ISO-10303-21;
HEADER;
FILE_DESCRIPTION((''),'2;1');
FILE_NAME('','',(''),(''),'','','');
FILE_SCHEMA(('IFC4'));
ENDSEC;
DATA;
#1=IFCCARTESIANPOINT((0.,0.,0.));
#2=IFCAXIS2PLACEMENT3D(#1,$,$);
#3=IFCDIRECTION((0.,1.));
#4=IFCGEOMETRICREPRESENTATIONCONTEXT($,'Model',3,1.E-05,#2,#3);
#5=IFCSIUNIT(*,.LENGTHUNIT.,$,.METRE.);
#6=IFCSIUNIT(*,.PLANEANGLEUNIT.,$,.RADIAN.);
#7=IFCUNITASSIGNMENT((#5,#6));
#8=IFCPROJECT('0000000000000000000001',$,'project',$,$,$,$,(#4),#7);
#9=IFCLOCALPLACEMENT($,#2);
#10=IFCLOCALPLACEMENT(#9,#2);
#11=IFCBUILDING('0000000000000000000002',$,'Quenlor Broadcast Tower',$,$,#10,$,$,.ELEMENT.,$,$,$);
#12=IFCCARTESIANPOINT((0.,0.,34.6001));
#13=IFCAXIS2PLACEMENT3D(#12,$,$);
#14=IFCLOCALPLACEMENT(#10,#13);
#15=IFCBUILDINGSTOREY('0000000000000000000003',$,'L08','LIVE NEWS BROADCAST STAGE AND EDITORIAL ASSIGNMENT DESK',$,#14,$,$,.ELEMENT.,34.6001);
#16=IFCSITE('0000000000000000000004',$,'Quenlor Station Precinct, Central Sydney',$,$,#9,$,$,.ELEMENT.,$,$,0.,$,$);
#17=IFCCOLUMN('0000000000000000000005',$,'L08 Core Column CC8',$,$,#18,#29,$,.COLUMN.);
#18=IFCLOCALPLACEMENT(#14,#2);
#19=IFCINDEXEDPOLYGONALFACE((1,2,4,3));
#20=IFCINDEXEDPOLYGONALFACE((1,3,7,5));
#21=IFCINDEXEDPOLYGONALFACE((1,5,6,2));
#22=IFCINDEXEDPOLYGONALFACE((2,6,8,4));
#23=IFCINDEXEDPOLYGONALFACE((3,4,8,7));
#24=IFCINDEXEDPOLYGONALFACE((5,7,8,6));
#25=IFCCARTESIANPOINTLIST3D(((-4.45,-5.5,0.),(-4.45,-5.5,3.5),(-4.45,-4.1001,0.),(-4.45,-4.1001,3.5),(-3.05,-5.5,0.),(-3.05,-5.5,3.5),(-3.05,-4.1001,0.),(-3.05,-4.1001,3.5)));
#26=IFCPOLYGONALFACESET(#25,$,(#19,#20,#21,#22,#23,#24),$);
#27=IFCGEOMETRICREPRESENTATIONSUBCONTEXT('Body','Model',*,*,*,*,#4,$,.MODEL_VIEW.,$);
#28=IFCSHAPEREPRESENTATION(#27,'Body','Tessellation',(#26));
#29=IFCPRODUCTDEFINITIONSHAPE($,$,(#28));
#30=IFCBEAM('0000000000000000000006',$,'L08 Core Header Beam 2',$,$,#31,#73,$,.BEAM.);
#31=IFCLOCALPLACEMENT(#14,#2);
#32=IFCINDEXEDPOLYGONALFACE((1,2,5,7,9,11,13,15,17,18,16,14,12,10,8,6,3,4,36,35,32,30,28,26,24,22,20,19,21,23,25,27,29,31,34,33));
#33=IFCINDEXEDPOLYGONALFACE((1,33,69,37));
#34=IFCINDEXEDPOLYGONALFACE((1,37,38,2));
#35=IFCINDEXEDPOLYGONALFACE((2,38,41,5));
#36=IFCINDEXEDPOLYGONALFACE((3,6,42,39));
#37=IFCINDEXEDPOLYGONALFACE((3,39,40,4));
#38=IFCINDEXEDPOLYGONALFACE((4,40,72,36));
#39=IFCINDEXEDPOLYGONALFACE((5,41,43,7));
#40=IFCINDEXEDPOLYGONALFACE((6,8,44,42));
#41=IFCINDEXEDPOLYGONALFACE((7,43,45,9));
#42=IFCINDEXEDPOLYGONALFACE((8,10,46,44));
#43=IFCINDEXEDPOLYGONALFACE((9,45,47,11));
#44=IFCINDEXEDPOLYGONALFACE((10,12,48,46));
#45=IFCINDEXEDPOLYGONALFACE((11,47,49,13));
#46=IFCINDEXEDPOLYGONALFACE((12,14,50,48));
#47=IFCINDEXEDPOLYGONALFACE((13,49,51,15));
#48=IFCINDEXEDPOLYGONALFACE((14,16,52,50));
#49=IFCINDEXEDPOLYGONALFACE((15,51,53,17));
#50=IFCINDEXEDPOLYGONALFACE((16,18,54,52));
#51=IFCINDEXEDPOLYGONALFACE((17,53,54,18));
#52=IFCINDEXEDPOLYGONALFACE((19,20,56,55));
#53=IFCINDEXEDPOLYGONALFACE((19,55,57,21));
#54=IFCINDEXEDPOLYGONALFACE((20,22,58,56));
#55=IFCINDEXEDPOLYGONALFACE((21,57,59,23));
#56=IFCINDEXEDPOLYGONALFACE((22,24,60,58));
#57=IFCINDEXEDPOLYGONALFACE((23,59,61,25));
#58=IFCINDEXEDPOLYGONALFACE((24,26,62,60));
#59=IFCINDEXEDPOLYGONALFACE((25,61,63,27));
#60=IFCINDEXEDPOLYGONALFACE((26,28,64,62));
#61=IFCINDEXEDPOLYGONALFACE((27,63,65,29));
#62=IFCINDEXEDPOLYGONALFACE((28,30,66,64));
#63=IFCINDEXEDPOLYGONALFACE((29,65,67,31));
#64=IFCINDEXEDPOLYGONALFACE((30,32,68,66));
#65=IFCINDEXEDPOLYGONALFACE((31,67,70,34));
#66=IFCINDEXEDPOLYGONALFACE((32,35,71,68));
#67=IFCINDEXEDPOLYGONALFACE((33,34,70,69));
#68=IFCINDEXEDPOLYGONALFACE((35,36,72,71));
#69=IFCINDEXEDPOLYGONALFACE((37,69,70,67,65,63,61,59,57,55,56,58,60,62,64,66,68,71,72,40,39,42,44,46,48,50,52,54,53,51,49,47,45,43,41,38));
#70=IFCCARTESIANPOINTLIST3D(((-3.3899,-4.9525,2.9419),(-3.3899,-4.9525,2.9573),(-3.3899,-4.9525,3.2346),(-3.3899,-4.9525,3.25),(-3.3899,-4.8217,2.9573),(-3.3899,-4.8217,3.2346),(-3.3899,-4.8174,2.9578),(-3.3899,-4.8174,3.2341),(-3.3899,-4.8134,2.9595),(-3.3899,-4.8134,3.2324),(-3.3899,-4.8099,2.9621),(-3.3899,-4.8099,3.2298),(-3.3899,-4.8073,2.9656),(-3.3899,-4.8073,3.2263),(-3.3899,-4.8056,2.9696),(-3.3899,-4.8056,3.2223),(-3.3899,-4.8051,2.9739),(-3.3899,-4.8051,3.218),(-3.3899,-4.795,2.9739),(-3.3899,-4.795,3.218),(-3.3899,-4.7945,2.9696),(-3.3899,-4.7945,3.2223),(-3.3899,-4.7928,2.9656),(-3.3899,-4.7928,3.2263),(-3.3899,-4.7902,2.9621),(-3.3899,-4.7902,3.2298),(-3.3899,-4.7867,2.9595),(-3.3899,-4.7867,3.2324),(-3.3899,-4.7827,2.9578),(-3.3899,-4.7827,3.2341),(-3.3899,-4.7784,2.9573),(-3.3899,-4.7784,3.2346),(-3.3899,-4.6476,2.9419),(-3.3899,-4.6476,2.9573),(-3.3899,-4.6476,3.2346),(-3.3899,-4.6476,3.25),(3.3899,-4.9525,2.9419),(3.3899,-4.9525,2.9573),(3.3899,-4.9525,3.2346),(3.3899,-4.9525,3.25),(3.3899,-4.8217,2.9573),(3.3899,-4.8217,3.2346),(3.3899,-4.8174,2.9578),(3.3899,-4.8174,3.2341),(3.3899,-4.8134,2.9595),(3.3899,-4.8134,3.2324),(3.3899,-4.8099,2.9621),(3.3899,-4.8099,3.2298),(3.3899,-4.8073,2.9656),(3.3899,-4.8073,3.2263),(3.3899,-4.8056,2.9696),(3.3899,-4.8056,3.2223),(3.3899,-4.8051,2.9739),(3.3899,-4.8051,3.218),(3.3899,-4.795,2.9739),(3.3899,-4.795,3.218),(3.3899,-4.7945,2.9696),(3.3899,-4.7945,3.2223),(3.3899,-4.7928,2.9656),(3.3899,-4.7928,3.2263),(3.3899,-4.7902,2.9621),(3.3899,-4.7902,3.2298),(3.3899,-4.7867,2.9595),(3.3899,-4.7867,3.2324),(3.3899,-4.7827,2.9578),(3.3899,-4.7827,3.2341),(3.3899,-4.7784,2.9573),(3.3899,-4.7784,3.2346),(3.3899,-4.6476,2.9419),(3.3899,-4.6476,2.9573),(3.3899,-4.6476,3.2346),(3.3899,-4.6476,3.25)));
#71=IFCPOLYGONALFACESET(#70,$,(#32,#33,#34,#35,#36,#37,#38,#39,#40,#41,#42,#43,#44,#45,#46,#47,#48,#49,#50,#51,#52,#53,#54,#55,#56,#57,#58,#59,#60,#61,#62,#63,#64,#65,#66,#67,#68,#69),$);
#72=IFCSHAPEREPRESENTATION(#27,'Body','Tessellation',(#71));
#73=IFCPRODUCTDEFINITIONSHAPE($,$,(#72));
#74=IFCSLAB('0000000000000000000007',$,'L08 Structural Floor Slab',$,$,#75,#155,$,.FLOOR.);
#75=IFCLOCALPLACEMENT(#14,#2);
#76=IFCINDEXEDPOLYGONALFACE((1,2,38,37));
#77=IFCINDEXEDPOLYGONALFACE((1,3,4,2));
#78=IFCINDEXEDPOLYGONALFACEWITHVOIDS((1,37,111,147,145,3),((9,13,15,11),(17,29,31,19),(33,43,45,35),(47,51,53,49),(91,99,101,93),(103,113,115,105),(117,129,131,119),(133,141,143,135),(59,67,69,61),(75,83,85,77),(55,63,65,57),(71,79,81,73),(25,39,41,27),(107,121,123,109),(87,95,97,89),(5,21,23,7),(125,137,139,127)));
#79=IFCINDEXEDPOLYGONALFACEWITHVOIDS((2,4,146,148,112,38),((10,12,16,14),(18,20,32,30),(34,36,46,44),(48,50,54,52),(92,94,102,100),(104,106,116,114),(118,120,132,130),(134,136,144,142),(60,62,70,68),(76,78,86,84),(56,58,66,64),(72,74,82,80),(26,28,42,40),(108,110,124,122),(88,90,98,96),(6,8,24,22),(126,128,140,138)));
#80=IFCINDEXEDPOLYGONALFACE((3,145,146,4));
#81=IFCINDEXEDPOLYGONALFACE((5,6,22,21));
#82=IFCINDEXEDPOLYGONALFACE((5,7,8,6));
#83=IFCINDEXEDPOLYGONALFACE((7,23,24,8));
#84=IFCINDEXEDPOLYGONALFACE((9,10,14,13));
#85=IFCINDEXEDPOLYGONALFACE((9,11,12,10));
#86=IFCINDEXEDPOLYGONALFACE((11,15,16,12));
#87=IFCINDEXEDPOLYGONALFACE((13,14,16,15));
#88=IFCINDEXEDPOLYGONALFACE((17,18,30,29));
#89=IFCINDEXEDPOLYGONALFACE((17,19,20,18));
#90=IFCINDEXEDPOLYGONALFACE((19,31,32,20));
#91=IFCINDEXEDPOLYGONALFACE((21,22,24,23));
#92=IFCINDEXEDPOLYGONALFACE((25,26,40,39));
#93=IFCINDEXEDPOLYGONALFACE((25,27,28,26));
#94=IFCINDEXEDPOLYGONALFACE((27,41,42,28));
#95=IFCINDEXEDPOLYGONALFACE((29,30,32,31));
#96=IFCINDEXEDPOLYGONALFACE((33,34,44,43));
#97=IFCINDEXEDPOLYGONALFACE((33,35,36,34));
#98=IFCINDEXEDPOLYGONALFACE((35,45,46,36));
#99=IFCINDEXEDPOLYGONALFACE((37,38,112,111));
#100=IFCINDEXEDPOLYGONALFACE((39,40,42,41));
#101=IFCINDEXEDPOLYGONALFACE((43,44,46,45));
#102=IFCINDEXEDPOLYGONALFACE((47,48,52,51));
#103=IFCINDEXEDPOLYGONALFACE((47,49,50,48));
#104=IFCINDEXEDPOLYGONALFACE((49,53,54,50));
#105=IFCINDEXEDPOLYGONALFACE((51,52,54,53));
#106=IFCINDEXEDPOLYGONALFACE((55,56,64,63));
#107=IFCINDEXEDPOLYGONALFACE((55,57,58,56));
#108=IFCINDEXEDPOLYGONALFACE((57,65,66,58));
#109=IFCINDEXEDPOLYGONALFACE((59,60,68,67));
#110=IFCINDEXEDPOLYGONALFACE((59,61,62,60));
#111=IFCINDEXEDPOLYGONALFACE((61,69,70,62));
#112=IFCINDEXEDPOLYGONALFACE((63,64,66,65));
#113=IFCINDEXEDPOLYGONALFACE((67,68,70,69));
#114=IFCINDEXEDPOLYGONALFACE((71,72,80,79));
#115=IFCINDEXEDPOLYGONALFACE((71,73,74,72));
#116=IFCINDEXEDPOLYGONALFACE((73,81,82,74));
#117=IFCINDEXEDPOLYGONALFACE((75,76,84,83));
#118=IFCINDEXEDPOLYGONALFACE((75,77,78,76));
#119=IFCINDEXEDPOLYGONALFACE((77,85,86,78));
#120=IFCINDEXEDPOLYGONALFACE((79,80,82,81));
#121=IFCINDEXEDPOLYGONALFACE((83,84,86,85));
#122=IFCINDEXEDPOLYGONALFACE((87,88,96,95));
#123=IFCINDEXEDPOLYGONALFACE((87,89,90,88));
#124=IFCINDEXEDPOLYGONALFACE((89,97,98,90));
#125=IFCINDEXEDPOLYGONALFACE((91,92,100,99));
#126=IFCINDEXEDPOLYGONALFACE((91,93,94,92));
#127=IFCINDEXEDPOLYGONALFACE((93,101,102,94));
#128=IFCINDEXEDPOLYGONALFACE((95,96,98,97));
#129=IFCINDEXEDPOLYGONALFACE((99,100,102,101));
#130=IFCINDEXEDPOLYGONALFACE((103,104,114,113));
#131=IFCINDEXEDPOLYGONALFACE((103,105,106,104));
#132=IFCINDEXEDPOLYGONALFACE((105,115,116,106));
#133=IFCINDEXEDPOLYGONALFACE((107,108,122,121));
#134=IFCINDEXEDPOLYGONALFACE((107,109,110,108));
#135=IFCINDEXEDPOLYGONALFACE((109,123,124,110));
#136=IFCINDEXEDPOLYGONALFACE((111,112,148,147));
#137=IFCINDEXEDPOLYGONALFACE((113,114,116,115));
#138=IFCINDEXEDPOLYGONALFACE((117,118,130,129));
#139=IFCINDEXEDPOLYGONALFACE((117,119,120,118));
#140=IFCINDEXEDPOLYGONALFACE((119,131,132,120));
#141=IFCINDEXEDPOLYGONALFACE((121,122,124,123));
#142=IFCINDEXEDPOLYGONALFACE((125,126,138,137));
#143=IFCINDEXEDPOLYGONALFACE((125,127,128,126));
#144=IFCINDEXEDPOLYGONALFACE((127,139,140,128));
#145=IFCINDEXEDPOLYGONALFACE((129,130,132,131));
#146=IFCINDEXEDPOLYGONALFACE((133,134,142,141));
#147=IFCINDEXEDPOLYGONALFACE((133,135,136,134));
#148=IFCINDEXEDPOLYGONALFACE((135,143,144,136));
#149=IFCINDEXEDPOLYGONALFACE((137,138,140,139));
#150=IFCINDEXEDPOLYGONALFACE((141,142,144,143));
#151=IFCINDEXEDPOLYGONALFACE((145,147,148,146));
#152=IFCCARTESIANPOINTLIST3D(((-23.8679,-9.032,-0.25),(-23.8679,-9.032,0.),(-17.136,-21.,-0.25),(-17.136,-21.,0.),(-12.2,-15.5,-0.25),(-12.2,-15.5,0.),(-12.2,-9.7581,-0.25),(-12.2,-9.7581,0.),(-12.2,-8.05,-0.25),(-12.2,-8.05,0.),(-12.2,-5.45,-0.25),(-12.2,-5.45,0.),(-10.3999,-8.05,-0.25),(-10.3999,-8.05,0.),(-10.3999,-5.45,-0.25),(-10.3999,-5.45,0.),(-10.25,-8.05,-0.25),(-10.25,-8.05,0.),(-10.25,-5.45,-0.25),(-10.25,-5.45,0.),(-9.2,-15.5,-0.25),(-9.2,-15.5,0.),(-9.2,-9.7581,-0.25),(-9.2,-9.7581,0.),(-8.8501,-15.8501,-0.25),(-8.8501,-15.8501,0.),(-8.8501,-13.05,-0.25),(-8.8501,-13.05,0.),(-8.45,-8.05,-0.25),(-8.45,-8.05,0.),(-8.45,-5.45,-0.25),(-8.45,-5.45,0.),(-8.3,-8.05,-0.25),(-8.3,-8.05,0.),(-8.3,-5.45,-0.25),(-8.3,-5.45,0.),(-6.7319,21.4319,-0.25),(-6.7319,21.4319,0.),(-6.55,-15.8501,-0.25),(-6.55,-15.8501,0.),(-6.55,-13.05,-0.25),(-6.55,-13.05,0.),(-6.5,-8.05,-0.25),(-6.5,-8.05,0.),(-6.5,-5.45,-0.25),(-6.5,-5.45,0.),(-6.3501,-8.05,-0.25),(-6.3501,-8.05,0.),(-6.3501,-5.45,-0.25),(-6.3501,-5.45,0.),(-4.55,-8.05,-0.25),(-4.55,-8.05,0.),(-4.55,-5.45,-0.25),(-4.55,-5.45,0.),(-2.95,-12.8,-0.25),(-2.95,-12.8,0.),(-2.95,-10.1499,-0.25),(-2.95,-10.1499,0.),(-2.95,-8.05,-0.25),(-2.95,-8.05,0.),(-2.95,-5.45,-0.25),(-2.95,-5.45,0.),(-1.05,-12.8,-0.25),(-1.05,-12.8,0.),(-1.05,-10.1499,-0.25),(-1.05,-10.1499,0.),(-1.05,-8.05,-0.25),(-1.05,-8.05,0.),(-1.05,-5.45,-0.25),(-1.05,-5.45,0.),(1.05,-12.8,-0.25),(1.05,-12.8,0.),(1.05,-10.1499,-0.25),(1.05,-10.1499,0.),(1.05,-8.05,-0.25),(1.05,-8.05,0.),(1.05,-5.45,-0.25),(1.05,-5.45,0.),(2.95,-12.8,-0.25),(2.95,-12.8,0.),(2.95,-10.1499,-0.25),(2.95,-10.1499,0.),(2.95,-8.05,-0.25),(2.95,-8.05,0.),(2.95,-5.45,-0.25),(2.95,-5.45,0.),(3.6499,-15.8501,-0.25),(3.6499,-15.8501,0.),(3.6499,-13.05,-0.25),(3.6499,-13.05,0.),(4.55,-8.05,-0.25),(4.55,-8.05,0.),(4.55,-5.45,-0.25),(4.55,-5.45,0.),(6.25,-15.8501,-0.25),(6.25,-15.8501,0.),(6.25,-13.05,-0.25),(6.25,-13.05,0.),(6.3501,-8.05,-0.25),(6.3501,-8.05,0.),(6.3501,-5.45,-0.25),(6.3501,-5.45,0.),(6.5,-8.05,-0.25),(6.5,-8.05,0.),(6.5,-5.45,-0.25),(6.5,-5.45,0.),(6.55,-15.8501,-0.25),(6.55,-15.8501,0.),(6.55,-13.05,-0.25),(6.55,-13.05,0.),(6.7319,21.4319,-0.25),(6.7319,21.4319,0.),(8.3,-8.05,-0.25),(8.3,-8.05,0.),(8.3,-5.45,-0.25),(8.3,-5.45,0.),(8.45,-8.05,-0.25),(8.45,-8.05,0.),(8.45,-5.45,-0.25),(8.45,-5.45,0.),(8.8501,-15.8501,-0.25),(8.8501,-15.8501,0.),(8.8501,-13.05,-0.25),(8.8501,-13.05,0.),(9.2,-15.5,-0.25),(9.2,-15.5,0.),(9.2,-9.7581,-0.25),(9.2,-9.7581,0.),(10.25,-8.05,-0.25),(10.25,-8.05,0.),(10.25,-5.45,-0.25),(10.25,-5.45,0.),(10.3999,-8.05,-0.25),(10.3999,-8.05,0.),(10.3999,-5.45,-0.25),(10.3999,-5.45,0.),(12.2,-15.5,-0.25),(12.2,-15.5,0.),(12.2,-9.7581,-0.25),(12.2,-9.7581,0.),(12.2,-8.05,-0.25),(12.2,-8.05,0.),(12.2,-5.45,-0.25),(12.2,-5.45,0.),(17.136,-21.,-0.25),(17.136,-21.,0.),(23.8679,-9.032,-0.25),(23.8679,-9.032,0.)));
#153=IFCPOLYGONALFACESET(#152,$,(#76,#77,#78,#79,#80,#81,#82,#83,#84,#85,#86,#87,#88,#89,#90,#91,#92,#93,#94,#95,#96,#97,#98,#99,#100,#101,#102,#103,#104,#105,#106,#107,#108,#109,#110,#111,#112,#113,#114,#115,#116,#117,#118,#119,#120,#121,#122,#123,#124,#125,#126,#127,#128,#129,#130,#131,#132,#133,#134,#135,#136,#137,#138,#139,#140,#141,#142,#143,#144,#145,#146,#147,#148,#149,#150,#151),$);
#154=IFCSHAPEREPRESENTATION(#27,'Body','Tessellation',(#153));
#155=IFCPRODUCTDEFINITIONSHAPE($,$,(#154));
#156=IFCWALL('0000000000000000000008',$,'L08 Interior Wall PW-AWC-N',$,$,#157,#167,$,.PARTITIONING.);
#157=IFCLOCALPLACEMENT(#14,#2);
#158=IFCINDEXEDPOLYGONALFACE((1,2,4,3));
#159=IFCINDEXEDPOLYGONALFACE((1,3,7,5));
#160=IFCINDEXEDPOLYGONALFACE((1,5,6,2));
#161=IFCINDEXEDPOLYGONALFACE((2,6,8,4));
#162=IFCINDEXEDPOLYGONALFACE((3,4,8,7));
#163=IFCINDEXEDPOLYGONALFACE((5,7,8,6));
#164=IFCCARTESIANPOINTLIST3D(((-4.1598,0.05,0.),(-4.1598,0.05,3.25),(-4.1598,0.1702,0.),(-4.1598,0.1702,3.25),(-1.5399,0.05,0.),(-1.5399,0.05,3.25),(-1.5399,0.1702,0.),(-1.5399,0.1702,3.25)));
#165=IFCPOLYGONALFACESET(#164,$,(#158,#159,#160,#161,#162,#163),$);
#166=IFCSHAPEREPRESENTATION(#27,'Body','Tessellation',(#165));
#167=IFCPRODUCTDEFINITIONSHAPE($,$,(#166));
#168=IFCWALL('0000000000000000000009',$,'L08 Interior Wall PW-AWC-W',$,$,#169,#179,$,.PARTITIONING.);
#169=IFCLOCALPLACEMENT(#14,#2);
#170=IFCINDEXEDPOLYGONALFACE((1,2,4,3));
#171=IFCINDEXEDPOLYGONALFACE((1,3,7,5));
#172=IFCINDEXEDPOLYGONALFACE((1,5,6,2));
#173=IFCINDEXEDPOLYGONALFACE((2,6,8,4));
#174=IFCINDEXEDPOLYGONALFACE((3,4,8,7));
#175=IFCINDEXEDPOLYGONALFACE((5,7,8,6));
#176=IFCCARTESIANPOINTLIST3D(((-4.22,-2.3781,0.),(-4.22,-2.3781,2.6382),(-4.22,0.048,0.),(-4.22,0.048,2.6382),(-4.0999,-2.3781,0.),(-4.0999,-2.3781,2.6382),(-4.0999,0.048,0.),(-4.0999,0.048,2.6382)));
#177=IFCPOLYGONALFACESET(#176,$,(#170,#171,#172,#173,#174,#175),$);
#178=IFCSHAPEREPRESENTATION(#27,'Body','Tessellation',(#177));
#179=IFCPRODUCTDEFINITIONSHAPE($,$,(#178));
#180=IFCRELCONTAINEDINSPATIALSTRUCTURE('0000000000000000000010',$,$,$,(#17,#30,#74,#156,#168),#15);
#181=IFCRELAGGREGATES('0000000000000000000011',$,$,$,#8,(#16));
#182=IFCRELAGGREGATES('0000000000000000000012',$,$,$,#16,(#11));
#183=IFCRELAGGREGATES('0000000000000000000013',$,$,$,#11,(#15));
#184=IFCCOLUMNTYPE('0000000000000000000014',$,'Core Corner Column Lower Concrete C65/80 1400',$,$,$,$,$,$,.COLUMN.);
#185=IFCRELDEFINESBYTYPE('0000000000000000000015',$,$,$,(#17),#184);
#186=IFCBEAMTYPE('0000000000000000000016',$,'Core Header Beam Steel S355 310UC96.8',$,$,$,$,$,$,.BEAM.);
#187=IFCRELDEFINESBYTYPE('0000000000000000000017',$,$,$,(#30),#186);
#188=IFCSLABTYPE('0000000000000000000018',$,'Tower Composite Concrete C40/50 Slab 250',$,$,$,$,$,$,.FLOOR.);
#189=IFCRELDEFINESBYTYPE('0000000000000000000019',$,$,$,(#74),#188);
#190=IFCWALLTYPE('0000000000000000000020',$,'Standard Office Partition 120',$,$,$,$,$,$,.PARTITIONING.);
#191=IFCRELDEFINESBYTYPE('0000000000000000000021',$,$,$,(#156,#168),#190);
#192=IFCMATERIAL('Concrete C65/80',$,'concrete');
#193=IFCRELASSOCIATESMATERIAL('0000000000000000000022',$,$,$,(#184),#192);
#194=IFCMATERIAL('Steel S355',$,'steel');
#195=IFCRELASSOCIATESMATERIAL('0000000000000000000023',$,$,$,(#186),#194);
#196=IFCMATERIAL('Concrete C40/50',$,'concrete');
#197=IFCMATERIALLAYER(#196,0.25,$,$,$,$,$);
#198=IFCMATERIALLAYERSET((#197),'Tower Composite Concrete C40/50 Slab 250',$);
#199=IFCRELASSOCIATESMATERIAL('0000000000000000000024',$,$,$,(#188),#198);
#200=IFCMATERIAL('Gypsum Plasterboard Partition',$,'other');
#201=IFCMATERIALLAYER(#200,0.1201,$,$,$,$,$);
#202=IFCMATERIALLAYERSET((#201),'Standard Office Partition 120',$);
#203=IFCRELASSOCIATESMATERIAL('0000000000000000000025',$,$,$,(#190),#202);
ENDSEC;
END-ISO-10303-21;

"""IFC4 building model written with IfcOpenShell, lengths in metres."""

from ifc_helpers import new_model, si_unit, direction, frame, frame_2d, origin, origin_2d, place, context, subcontext, project, spatial, polyline, rectangle, i_section, outline, extrude, material, layer, layer_set, material_profile, profile_set, type_object, element, save


model = new_model("IFC4")

# Units and contexts
model_context = context("Model", 3, precision=1e-05, world=origin(), true_north=direction((0.0, 1.0)))
body_context = subcontext(model_context, "Body", "Model", "MODEL_VIEW")
ifc_project = project(units=[si_unit("LENGTHUNIT", "METRE"), si_unit("PLANEANGLEUNIT", "RADIAN")], contexts=[model_context])

# Site, building, storey
site_placement = place(None, origin())
site = spatial("IfcSite", under=ifc_project, at=site_placement, Name="Quenlor Station Precinct, Central Sydney", CompositionType="ELEMENT", RefElevation=0.0)
building_placement = place(site_placement, origin())
building = spatial("IfcBuilding", under=site, at=building_placement, Name="Quenlor Broadcast Tower", CompositionType="ELEMENT")
storey_placement = place(building_placement, frame((0.0, 0.0, 34.6001)))
storey = spatial("IfcBuildingStorey", under=building, at=storey_placement, Name="L08", Description="LIVE NEWS BROADCAST STAGE AND EDITORIAL ASSIGNMENT DESK", CompositionType="ELEMENT", Elevation=34.6001)

# Column
ifc_material_1 = material(Name="Concrete C65/80", Category="concrete")
ifc_material_profile_1 = material_profile(ifc_material_1, rectangle(XDim=1.3999, YDim=1.3999, at=origin_2d()))
ifc_profile_set_1 = profile_set([ifc_material_profile_1], Name="Concrete C65/80 RC1400x1400")
column_type = type_object("IfcColumnType", Name="Core Corner Column Lower Concrete C65/80 1400", PredefinedType="COLUMN", material=ifc_profile_set_1)
column_placement = place(storey_placement, frame((-3.75, -4.8, 0.0), z_axis=(0.0, 0.0, 1.0), x_axis=(1.0, 0.0, 0.0)))
element("IfcColumn", 1, at=column_placement, inside=storey, type_object=column_type, Name="L08 Core Column CC8", PredefinedType="COLUMN", context=body_context, shape_type="SweptSolid", body=[
    extrude(rectangle(XDim=1.3999, YDim=1.3999, at=origin_2d()), origin(), (0.0, 0.0, 1.0), 3.5),
])

# Beam
ifc_material_2 = material(Name="Steel S355", Category="steel")
ifc_material_profile_2 = material_profile(ifc_material_2, i_section(OverallWidth=0.3049, OverallDepth=0.3081, WebThickness=0.01, FlangeThickness=0.0154, FilletRadius=0.0166, at=origin_2d()))
ifc_profile_set_2 = profile_set([ifc_material_profile_2], Name="Steel S355 310UC96.8")
beam_type = type_object("IfcBeamType", Name="Core Header Beam Steel S355 310UC96.8", PredefinedType="BEAM", material=ifc_profile_set_2)
beam_placement = place(storey_placement, frame((-3.3899, -4.8, 3.0959), z_axis=(1.0, 0.0, 0.0), x_axis=(0.0, 1.0, 0.0)))
element("IfcBeam", 2, at=beam_placement, inside=storey, type_object=beam_type, Name="L08 Core Header Beam 2", PredefinedType="BEAM", context=body_context, shape_type="SweptSolid", body=[
    extrude(i_section(OverallWidth=0.3049, OverallDepth=0.3081, WebThickness=0.01, FlangeThickness=0.0154, FilletRadius=0.0166, at=origin_2d()), origin(), (0.0, 0.0, 1.0), 6.7798),
])

# Slab
ifc_material_3 = material(Name="Concrete C40/50", Category="concrete")
ifc_layer_1 = layer(ifc_material_3, 0.25)
ifc_layer_set_1 = layer_set([ifc_layer_1], Name="Tower Composite Concrete C40/50 Slab 250")
slab_type = type_object("IfcSlabType", Name="Tower Composite Concrete C40/50 Slab 250", PredefinedType="FLOOR", material=ifc_layer_set_1)
slab_placement = place(storey_placement, frame((0.0, 0.0, -0.25)))
element("IfcSlab", 3, at=slab_placement, inside=storey, type_object=slab_type, Name="L08 Structural Floor Slab", PredefinedType="FLOOR", context=body_context, shape_type="SweptSolid", body=[
    extrude(outline(polyline([(17.136, -21.0), (23.8679, -9.032), (6.7319, 21.4319), (-6.7319, 21.4319), (-23.8679, -9.032), (-17.136, -21.0), (17.136, -21.0)]), holes=[polyline([(-12.2, -9.7581), (-12.2, -15.5), (-9.2, -15.5), (-9.2, -9.7581), (-12.2, -9.7581)]), polyline([(9.2, -9.7581), (9.2, -15.5), (12.2, -15.5), (12.2, -9.7581), (9.2, -9.7581)]), polyline([(-12.2, -8.05), (-10.3999, -8.05), (-10.3999, -5.45), (-12.2, -5.45), (-12.2, -8.05)]), polyline([(-10.25, -8.05), (-8.45, -8.05), (-8.45, -5.45), (-10.25, -5.45), (-10.25, -8.05)]), polyline([(-8.3, -8.05), (-6.5, -8.05), (-6.5, -5.45), (-8.3, -5.45), (-8.3, -8.05)]), polyline([(-6.3501, -8.05), (-4.55, -8.05), (-4.55, -5.45), (-6.3501, -5.45), (-6.3501, -8.05)]), polyline([(-2.95, -8.05), (-1.05, -8.05), (-1.05, -5.45), (-2.95, -5.45), (-2.95, -8.05)]), polyline([(1.05, -8.05), (2.95, -8.05), (2.95, -5.45), (1.05, -5.45), (1.05, -8.05)]), polyline([(-2.95, -12.8), (-1.05, -12.8), (-1.05, -10.1499), (-2.95, -10.1499), (-2.95, -12.8)]), polyline([(1.05, -12.8), (2.95, -12.8), (2.95, -10.1499), (1.05, -10.1499), (1.05, -12.8)]), polyline([(4.55, -8.05), (6.3501, -8.05), (6.3501, -5.45), (4.55, -5.45), (4.55, -8.05)]), polyline([(6.5, -8.05), (8.3, -8.05), (8.3, -5.45), (6.5, -5.45), (6.5, -8.05)]), polyline([(8.45, -8.05), (10.25, -8.05), (10.25, -5.45), (8.45, -5.45), (8.45, -8.05)]), polyline([(10.3999, -8.05), (12.2, -8.05), (12.2, -5.45), (10.3999, -5.45), (10.3999, -8.05)]), polyline([(-8.8501, -15.8501), (-6.55, -15.8501), (-6.55, -13.05), (-8.8501, -13.05), (-8.8501, -15.8501)]), polyline([(6.55, -15.8501), (8.8501, -15.8501), (8.8501, -13.05), (6.55, -13.05), (6.55, -15.8501)]), polyline([(3.6499, -15.8501), (6.25, -15.8501), (6.25, -13.05), (3.6499, -13.05), (3.6499, -15.8501)])]), origin(), (0.0, 0.0, 1.0), 0.25),
])

# Walls
ifc_material_4 = material(Name="Gypsum Plasterboard Partition", Category="other")
ifc_layer_2 = layer(ifc_material_4, 0.1201)
ifc_layer_set_2 = layer_set([ifc_layer_2], Name="Standard Office Partition 120")
wall_type = type_object("IfcWallType", Name="Standard Office Partition 120", PredefinedType="PARTITIONING", material=ifc_layer_set_2)
wall_1_placement = place(storey_placement, frame((-4.1599, 0.1101, 0.0), z_axis=(0.0, 0.0, 1.0), x_axis=(1.0, 0.0, 0.0)))
element("IfcWall", 4, at=wall_1_placement, inside=storey, type_object=wall_type, Name="L08 Interior Wall PW-AWC-N", PredefinedType="PARTITIONING", context=body_context, shape_type="SweptSolid", body=[
    extrude(rectangle(XDim=2.6199, YDim=0.1201, at=frame_2d((1.3101, 0.0))), origin(), (0.0, 0.0, 1.0), 3.25),
])
wall_2_placement = place(storey_placement, frame((-4.1599, -2.3779, 0.0), z_axis=(0.0, 0.0, 1.0), x_axis=(0.0, 1.0, 0.0)))
element("IfcWall", 5, at=wall_2_placement, inside=storey, type_object=wall_type, Name="L08 Interior Wall PW-AWC-W", PredefinedType="PARTITIONING", context=body_context, shape_type="SweptSolid", body=[
    extrude(rectangle(XDim=2.426, YDim=0.1201, at=frame_2d((1.2129, 0.0))), origin(), (0.0, 0.0, 1.0), 2.6382),
])

save(model, "model.ifc")
